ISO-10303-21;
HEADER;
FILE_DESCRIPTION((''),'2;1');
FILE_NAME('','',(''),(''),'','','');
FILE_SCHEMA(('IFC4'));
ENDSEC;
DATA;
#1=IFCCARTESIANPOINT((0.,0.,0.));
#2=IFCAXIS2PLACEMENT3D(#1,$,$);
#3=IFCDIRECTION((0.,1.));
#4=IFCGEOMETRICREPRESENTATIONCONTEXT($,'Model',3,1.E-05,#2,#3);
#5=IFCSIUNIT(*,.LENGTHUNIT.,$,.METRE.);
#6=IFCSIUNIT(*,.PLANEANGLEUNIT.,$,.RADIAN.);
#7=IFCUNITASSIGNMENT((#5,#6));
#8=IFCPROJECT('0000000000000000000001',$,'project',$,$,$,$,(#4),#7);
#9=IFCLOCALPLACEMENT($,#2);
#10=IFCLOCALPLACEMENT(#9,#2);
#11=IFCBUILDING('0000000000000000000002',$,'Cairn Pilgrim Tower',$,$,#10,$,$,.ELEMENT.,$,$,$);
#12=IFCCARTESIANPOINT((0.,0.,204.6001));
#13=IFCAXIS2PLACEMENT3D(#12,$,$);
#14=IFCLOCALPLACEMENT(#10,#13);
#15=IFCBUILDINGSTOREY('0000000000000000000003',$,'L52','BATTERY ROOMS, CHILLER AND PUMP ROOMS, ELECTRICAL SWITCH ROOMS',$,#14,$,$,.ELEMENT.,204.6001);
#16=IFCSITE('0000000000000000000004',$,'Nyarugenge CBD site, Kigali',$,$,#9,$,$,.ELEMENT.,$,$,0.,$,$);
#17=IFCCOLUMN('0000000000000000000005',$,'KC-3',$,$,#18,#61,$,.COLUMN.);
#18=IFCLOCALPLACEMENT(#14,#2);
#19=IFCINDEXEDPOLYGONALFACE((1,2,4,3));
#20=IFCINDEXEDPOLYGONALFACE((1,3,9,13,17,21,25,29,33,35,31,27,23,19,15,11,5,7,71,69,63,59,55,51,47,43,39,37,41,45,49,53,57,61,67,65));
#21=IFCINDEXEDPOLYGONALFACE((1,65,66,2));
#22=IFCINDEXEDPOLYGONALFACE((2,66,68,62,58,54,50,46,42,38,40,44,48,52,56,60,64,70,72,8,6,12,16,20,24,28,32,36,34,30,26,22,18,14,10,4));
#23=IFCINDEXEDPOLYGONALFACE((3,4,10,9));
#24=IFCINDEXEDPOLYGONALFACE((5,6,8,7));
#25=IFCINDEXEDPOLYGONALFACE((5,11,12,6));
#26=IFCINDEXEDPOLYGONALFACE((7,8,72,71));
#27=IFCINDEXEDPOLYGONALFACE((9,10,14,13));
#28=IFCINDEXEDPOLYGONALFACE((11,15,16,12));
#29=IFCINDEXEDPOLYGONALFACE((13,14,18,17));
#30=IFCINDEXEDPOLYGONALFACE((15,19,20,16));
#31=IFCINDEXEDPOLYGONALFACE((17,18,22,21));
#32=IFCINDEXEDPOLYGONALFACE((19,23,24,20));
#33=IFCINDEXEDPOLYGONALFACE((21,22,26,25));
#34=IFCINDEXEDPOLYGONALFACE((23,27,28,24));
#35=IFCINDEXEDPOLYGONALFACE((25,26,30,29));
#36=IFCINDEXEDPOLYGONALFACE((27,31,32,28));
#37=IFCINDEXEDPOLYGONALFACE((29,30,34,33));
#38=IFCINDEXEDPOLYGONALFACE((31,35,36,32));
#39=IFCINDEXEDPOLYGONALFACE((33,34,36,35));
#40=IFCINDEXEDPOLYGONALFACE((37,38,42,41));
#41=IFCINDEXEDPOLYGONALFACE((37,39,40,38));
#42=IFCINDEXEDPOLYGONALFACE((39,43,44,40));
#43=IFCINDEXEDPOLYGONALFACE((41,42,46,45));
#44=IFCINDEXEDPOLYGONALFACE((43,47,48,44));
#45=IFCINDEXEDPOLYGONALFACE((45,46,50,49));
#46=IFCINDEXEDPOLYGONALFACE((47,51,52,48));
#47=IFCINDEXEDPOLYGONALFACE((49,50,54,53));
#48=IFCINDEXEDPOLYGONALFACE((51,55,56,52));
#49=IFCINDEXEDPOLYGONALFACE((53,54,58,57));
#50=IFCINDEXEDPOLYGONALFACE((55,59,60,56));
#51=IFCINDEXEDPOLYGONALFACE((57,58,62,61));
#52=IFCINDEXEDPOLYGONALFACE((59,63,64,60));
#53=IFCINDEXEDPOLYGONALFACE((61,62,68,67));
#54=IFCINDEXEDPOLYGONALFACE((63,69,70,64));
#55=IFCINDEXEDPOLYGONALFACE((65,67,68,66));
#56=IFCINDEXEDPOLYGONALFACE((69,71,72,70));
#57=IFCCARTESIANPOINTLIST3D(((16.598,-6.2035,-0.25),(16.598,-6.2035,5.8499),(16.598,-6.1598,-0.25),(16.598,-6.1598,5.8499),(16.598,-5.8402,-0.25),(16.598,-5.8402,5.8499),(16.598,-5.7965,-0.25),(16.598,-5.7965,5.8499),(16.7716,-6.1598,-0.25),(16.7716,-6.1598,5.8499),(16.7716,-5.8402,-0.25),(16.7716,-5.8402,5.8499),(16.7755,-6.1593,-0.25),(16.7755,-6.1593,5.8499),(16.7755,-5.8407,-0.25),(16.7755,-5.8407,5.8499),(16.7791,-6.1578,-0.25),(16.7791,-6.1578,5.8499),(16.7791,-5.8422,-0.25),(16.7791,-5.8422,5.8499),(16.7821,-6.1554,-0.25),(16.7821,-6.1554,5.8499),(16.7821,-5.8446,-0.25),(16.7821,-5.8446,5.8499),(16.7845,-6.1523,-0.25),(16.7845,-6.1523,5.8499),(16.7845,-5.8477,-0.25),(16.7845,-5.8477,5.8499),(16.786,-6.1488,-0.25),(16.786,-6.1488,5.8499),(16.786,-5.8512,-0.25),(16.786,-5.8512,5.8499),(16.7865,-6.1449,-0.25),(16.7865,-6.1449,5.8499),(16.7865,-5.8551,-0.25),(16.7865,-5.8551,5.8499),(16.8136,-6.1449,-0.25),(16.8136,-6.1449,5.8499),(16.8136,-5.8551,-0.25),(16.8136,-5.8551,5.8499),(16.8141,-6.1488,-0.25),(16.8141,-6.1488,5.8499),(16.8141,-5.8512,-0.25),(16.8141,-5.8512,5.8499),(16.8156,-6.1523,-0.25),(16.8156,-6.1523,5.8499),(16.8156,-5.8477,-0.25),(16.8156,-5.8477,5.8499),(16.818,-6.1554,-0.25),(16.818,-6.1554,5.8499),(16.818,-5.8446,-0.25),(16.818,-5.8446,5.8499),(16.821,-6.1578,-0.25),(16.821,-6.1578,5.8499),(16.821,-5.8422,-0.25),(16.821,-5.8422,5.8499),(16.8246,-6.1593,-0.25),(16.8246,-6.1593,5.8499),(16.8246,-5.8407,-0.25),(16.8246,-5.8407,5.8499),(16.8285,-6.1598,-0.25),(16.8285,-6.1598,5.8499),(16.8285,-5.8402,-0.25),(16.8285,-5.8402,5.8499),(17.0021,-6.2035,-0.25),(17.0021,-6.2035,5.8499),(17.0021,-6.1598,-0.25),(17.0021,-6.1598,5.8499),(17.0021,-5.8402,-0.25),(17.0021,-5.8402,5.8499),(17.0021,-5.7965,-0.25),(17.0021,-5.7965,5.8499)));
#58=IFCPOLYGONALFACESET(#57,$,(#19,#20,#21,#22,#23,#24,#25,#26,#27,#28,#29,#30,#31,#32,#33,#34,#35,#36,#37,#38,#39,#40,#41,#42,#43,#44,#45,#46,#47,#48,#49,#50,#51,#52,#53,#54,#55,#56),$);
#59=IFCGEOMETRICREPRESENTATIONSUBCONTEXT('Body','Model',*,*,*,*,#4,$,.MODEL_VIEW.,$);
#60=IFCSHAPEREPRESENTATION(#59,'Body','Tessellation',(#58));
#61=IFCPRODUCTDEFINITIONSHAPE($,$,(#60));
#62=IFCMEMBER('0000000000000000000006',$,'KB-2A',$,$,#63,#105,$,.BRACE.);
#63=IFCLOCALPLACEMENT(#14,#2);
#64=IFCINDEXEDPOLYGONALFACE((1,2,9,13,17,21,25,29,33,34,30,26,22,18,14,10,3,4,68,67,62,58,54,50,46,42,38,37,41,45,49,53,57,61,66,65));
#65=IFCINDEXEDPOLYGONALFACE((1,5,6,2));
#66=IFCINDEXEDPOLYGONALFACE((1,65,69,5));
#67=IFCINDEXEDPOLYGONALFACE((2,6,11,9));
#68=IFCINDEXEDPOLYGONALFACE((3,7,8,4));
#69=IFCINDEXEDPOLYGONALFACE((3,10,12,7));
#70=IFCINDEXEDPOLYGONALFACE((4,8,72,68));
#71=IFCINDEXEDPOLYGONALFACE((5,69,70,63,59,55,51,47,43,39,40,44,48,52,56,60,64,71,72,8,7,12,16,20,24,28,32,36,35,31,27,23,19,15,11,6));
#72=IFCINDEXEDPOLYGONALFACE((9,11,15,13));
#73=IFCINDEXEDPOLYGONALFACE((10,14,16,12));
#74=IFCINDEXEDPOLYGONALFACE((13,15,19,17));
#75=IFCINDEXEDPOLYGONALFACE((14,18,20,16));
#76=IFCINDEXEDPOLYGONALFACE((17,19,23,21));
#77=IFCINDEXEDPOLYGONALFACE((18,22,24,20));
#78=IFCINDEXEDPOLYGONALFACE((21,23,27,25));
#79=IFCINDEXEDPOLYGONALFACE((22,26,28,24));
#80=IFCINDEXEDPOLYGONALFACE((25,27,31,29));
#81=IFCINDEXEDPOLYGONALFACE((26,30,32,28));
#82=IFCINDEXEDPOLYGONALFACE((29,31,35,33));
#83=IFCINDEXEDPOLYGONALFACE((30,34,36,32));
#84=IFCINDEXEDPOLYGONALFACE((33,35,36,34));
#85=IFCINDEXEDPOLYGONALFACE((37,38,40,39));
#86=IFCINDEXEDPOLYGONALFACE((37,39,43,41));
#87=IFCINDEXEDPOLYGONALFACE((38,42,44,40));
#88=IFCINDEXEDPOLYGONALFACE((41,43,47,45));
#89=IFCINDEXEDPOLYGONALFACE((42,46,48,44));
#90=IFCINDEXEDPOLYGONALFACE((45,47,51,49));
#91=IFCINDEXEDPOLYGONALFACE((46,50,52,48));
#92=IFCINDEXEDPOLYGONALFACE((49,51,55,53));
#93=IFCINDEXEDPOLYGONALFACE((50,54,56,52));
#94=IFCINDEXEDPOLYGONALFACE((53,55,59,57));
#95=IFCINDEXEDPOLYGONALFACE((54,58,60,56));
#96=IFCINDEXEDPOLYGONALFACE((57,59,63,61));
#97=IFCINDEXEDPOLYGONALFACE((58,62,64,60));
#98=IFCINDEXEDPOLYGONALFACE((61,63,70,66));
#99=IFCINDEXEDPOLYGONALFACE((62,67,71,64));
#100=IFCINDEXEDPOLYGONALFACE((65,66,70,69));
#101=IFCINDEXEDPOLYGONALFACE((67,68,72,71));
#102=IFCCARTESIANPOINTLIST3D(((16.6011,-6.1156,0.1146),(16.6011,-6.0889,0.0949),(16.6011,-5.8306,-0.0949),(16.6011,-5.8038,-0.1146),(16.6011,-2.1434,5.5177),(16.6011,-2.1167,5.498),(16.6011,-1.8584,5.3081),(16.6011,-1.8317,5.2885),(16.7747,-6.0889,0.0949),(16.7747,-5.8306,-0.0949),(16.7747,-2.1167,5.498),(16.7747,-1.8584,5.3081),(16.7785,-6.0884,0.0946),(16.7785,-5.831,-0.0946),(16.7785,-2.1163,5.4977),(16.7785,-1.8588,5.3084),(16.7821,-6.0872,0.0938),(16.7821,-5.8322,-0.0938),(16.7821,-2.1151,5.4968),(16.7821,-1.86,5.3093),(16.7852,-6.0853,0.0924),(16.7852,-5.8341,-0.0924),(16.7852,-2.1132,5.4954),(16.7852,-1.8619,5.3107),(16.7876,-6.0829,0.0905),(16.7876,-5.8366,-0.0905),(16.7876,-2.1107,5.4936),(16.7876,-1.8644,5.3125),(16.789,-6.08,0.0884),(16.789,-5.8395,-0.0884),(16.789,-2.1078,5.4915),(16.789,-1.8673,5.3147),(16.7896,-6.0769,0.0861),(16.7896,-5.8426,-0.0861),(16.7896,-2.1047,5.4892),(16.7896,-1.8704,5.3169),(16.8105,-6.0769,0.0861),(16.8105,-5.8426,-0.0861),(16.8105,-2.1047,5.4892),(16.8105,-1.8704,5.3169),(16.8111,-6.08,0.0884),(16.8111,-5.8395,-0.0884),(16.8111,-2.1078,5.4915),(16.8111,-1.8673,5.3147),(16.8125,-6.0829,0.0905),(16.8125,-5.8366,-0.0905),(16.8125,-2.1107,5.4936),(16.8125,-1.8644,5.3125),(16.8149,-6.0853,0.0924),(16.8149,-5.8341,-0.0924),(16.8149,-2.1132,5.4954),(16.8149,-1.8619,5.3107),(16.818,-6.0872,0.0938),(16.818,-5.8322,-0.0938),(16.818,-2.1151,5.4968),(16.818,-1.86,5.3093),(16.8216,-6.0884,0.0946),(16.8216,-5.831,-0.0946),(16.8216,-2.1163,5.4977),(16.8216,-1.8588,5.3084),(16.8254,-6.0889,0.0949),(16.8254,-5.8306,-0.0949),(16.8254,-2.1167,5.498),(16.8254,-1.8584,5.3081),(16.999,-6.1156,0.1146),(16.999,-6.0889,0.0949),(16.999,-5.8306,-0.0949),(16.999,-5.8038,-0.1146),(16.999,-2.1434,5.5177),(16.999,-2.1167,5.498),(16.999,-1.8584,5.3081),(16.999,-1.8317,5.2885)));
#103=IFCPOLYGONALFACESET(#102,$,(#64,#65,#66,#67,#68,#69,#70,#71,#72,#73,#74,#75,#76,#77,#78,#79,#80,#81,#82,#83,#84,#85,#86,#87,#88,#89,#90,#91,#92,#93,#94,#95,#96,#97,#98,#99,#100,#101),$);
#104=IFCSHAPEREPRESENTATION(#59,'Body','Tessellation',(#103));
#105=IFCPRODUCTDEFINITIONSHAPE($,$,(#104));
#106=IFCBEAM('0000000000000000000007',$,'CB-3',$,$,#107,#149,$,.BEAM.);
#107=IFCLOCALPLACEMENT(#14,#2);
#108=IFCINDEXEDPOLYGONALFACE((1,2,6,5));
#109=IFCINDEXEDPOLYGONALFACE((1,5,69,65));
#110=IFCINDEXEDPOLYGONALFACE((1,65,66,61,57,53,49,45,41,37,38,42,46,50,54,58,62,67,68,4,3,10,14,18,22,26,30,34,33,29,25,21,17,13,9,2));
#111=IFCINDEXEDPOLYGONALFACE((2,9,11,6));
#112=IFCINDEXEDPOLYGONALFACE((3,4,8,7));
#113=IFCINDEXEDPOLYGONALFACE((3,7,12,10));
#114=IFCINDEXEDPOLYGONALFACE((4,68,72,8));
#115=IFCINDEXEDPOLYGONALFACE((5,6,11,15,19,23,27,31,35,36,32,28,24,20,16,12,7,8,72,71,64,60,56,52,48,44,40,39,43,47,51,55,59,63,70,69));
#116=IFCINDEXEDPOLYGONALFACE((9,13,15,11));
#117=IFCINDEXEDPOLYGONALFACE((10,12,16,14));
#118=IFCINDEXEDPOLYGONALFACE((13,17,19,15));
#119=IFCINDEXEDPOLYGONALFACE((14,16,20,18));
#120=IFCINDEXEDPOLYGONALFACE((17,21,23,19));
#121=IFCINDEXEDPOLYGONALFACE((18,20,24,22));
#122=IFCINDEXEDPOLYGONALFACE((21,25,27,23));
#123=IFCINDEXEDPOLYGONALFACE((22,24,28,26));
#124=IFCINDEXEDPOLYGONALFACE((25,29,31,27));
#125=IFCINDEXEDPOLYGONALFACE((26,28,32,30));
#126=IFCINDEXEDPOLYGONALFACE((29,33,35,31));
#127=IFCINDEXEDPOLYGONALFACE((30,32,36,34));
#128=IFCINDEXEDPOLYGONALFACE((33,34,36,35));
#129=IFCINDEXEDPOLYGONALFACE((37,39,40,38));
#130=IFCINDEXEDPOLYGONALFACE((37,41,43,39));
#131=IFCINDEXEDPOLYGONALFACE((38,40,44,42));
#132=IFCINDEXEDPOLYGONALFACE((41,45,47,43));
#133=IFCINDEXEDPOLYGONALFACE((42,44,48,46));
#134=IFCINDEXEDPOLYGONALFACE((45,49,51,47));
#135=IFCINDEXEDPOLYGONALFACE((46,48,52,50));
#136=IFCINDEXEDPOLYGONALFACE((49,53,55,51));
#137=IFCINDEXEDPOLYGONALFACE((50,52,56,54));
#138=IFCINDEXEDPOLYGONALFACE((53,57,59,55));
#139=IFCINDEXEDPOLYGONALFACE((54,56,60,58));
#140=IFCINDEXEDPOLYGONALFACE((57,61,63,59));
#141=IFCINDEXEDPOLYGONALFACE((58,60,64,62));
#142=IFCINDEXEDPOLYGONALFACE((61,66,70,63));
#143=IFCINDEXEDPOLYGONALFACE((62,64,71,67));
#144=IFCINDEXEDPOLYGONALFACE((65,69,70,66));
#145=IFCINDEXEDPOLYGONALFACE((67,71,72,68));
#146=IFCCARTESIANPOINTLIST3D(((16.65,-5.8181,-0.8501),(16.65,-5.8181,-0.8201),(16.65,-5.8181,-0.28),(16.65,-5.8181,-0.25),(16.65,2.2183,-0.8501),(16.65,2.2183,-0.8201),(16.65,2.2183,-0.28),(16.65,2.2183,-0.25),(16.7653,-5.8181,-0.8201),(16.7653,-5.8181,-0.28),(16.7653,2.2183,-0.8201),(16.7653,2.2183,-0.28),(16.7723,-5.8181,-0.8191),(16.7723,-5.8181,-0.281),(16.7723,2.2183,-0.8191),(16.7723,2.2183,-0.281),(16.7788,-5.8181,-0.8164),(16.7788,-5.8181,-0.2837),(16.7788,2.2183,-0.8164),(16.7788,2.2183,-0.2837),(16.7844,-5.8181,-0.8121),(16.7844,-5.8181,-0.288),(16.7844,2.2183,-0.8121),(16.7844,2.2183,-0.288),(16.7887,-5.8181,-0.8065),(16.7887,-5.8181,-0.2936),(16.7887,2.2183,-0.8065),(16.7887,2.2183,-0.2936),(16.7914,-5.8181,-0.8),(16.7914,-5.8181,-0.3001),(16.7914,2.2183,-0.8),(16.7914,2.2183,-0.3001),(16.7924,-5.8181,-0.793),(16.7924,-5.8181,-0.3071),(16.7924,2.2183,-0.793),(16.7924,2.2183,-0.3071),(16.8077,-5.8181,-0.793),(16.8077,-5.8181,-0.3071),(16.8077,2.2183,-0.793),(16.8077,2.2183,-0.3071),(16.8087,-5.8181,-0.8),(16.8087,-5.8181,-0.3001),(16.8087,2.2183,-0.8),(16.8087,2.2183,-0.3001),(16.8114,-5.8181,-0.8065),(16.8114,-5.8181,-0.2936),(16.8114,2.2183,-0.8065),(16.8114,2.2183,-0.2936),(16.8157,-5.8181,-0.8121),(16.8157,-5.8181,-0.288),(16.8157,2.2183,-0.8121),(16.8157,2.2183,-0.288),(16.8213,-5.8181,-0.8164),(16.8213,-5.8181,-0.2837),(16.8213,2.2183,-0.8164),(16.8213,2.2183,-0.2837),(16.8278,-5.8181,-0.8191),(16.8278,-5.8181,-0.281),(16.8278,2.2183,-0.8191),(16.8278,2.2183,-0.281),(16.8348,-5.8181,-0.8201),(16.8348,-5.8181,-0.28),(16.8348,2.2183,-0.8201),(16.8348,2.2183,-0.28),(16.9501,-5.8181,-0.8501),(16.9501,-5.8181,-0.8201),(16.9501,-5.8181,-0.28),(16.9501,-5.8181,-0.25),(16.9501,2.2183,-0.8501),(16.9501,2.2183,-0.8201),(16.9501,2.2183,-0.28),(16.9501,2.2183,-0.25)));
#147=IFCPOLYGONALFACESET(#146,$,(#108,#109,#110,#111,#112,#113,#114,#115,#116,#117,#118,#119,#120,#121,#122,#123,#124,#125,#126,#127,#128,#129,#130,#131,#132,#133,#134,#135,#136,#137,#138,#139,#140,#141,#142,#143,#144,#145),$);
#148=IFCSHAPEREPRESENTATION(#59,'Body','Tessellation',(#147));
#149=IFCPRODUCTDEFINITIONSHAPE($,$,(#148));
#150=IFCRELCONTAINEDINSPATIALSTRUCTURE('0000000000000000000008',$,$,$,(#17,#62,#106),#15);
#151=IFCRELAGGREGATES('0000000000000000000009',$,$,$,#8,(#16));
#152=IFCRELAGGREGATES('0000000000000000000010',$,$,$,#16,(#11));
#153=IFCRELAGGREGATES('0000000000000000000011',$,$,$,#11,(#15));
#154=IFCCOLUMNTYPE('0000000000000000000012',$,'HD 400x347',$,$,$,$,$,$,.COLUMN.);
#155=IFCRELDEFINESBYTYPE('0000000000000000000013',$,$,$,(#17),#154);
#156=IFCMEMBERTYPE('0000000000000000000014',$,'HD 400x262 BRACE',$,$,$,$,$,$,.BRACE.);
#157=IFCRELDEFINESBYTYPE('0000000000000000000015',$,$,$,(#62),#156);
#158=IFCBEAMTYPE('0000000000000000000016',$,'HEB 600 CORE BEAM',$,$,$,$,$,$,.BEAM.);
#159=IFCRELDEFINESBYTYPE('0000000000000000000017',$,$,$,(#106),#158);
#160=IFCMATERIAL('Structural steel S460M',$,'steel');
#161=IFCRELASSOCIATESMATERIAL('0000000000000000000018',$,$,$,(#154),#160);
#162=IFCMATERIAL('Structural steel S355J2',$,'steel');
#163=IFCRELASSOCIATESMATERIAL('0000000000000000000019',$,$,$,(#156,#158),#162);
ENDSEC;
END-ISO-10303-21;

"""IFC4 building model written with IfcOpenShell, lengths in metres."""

from ifc_helpers import new_model, si_unit, direction, frame, origin, origin_2d, place, context, subcontext, project, spatial, i_section, extrude, material, material_profile, profile_set, type_object, element, save


model = new_model("IFC4")

# Units and contexts
model_context = context("Model", 3, precision=1e-05, world=origin(), true_north=direction((0.0, 1.0)))
body_context = subcontext(model_context, "Body", "Model", "MODEL_VIEW")
ifc_project = project(units=[si_unit("LENGTHUNIT", "METRE"), si_unit("PLANEANGLEUNIT", "RADIAN")], contexts=[model_context])

# Site, building, storey
site_placement = place(None, origin())
site = spatial("IfcSite", under=ifc_project, at=site_placement, Name="Nyarugenge CBD site, Kigali", CompositionType="ELEMENT", RefElevation=0.0)
building_placement = place(site_placement, origin())
building = spatial("IfcBuilding", under=site, at=building_placement, Name="Cairn Pilgrim Tower", CompositionType="ELEMENT")
storey_placement = place(building_placement, frame((0.0, 0.0, 204.6001)))
storey = spatial("IfcBuildingStorey", under=building, at=storey_placement, Name="L52", Description="BATTERY ROOMS, CHILLER AND PUMP ROOMS, ELECTRICAL SWITCH ROOMS", CompositionType="ELEMENT", Elevation=204.6001)

# Column
ifc_material_1 = material(Name="Structural steel S460M", Category="steel")
ifc_material_profile_1 = material_profile(ifc_material_1, i_section(OverallWidth=0.4041, OverallDepth=0.407, WebThickness=0.0271, FlangeThickness=0.0437, FilletRadius=0.0149, at=origin_2d()), Name="HD 400x347")
ifc_profile_set_1 = profile_set([ifc_material_profile_1], Name="Structural steel S460M")
column_type = type_object("IfcColumnType", Name="HD 400x347", PredefinedType="COLUMN", material=ifc_profile_set_1)
column_placement = place(storey_placement, frame((16.8, -6.0, -0.25), z_axis=(0.0, 0.0, 1.0), x_axis=(1.0, 0.0, 0.0)))
element("IfcColumn", 1, at=column_placement, inside=storey, type_object=column_type, Name="KC-3", PredefinedType="COLUMN", context=body_context, shape_type="SweptSolid", body=[
    extrude(i_section(OverallWidth=0.4041, OverallDepth=0.407, WebThickness=0.0271, FlangeThickness=0.0437, FilletRadius=0.0149, at=origin_2d()), origin(), (0.0, 0.0, 1.0), 6.0999),
])

# Member
ifc_material_2 = material(Name="Structural steel S355J2", Category="steel")
ifc_material_profile_2 = material_profile(ifc_material_2, i_section(OverallWidth=0.3979, OverallDepth=0.387, WebThickness=0.021, FlangeThickness=0.0332, FilletRadius=0.0149, at=origin_2d()), Name="HD 400x262")
ifc_profile_set_2 = profile_set([ifc_material_profile_2], Name="Structural steel S355J2")
member_type = type_object("IfcMemberType", Name="HD 400x262 BRACE", PredefinedType="BRACE", material=ifc_profile_set_2)
member_placement = place(storey_placement, frame((16.8, -5.9597, 0.0), z_axis=(0.0, 0.592324, 0.8057), x_axis=(-1.0, 0.0, 0.0)))
element("IfcMember", 2, at=member_placement, inside=storey, type_object=member_type, Name="KB-2A", PredefinedType="BRACE", context=body_context, shape_type="SweptSolid", body=[
    extrude(i_section(OverallWidth=0.3979, OverallDepth=0.387, WebThickness=0.021, FlangeThickness=0.0332, FilletRadius=0.0149, at=origin_2d()), origin(), (0.0, 0.0, 1.0), 6.7061),
])

# Beam
ifc_material_profile_3 = material_profile(ifc_material_2, i_section(OverallWidth=0.3, OverallDepth=0.6001, WebThickness=0.0154, FlangeThickness=0.03, FilletRadius=0.0271, at=origin_2d()), Name="HEB 600")
ifc_profile_set_3 = profile_set([ifc_material_profile_3], Name="Structural steel S355J2")
beam_type_1 = type_object("IfcBeamType", Name="HEB 600 CORE BEAM", PredefinedType="BEAM", material=ifc_profile_set_3)
beam_1_placement = place(storey_placement, frame((16.8, -5.8181, -0.55), z_axis=(0.0, 1.0, 0.0), x_axis=(-1.0, 0.0, 0.0)))
element("IfcBeam", 3, at=beam_1_placement, inside=storey, type_object=beam_type_1, Name="CB-3", PredefinedType="BEAM", context=body_context, shape_type="SweptSolid", body=[
    extrude(i_section(OverallWidth=0.3, OverallDepth=0.6001, WebThickness=0.0154, FlangeThickness=0.03, FilletRadius=0.0271, at=origin_2d()), origin(), (0.0, 0.0, 1.0), 8.0364),
])

save(model, "model.ifc")
